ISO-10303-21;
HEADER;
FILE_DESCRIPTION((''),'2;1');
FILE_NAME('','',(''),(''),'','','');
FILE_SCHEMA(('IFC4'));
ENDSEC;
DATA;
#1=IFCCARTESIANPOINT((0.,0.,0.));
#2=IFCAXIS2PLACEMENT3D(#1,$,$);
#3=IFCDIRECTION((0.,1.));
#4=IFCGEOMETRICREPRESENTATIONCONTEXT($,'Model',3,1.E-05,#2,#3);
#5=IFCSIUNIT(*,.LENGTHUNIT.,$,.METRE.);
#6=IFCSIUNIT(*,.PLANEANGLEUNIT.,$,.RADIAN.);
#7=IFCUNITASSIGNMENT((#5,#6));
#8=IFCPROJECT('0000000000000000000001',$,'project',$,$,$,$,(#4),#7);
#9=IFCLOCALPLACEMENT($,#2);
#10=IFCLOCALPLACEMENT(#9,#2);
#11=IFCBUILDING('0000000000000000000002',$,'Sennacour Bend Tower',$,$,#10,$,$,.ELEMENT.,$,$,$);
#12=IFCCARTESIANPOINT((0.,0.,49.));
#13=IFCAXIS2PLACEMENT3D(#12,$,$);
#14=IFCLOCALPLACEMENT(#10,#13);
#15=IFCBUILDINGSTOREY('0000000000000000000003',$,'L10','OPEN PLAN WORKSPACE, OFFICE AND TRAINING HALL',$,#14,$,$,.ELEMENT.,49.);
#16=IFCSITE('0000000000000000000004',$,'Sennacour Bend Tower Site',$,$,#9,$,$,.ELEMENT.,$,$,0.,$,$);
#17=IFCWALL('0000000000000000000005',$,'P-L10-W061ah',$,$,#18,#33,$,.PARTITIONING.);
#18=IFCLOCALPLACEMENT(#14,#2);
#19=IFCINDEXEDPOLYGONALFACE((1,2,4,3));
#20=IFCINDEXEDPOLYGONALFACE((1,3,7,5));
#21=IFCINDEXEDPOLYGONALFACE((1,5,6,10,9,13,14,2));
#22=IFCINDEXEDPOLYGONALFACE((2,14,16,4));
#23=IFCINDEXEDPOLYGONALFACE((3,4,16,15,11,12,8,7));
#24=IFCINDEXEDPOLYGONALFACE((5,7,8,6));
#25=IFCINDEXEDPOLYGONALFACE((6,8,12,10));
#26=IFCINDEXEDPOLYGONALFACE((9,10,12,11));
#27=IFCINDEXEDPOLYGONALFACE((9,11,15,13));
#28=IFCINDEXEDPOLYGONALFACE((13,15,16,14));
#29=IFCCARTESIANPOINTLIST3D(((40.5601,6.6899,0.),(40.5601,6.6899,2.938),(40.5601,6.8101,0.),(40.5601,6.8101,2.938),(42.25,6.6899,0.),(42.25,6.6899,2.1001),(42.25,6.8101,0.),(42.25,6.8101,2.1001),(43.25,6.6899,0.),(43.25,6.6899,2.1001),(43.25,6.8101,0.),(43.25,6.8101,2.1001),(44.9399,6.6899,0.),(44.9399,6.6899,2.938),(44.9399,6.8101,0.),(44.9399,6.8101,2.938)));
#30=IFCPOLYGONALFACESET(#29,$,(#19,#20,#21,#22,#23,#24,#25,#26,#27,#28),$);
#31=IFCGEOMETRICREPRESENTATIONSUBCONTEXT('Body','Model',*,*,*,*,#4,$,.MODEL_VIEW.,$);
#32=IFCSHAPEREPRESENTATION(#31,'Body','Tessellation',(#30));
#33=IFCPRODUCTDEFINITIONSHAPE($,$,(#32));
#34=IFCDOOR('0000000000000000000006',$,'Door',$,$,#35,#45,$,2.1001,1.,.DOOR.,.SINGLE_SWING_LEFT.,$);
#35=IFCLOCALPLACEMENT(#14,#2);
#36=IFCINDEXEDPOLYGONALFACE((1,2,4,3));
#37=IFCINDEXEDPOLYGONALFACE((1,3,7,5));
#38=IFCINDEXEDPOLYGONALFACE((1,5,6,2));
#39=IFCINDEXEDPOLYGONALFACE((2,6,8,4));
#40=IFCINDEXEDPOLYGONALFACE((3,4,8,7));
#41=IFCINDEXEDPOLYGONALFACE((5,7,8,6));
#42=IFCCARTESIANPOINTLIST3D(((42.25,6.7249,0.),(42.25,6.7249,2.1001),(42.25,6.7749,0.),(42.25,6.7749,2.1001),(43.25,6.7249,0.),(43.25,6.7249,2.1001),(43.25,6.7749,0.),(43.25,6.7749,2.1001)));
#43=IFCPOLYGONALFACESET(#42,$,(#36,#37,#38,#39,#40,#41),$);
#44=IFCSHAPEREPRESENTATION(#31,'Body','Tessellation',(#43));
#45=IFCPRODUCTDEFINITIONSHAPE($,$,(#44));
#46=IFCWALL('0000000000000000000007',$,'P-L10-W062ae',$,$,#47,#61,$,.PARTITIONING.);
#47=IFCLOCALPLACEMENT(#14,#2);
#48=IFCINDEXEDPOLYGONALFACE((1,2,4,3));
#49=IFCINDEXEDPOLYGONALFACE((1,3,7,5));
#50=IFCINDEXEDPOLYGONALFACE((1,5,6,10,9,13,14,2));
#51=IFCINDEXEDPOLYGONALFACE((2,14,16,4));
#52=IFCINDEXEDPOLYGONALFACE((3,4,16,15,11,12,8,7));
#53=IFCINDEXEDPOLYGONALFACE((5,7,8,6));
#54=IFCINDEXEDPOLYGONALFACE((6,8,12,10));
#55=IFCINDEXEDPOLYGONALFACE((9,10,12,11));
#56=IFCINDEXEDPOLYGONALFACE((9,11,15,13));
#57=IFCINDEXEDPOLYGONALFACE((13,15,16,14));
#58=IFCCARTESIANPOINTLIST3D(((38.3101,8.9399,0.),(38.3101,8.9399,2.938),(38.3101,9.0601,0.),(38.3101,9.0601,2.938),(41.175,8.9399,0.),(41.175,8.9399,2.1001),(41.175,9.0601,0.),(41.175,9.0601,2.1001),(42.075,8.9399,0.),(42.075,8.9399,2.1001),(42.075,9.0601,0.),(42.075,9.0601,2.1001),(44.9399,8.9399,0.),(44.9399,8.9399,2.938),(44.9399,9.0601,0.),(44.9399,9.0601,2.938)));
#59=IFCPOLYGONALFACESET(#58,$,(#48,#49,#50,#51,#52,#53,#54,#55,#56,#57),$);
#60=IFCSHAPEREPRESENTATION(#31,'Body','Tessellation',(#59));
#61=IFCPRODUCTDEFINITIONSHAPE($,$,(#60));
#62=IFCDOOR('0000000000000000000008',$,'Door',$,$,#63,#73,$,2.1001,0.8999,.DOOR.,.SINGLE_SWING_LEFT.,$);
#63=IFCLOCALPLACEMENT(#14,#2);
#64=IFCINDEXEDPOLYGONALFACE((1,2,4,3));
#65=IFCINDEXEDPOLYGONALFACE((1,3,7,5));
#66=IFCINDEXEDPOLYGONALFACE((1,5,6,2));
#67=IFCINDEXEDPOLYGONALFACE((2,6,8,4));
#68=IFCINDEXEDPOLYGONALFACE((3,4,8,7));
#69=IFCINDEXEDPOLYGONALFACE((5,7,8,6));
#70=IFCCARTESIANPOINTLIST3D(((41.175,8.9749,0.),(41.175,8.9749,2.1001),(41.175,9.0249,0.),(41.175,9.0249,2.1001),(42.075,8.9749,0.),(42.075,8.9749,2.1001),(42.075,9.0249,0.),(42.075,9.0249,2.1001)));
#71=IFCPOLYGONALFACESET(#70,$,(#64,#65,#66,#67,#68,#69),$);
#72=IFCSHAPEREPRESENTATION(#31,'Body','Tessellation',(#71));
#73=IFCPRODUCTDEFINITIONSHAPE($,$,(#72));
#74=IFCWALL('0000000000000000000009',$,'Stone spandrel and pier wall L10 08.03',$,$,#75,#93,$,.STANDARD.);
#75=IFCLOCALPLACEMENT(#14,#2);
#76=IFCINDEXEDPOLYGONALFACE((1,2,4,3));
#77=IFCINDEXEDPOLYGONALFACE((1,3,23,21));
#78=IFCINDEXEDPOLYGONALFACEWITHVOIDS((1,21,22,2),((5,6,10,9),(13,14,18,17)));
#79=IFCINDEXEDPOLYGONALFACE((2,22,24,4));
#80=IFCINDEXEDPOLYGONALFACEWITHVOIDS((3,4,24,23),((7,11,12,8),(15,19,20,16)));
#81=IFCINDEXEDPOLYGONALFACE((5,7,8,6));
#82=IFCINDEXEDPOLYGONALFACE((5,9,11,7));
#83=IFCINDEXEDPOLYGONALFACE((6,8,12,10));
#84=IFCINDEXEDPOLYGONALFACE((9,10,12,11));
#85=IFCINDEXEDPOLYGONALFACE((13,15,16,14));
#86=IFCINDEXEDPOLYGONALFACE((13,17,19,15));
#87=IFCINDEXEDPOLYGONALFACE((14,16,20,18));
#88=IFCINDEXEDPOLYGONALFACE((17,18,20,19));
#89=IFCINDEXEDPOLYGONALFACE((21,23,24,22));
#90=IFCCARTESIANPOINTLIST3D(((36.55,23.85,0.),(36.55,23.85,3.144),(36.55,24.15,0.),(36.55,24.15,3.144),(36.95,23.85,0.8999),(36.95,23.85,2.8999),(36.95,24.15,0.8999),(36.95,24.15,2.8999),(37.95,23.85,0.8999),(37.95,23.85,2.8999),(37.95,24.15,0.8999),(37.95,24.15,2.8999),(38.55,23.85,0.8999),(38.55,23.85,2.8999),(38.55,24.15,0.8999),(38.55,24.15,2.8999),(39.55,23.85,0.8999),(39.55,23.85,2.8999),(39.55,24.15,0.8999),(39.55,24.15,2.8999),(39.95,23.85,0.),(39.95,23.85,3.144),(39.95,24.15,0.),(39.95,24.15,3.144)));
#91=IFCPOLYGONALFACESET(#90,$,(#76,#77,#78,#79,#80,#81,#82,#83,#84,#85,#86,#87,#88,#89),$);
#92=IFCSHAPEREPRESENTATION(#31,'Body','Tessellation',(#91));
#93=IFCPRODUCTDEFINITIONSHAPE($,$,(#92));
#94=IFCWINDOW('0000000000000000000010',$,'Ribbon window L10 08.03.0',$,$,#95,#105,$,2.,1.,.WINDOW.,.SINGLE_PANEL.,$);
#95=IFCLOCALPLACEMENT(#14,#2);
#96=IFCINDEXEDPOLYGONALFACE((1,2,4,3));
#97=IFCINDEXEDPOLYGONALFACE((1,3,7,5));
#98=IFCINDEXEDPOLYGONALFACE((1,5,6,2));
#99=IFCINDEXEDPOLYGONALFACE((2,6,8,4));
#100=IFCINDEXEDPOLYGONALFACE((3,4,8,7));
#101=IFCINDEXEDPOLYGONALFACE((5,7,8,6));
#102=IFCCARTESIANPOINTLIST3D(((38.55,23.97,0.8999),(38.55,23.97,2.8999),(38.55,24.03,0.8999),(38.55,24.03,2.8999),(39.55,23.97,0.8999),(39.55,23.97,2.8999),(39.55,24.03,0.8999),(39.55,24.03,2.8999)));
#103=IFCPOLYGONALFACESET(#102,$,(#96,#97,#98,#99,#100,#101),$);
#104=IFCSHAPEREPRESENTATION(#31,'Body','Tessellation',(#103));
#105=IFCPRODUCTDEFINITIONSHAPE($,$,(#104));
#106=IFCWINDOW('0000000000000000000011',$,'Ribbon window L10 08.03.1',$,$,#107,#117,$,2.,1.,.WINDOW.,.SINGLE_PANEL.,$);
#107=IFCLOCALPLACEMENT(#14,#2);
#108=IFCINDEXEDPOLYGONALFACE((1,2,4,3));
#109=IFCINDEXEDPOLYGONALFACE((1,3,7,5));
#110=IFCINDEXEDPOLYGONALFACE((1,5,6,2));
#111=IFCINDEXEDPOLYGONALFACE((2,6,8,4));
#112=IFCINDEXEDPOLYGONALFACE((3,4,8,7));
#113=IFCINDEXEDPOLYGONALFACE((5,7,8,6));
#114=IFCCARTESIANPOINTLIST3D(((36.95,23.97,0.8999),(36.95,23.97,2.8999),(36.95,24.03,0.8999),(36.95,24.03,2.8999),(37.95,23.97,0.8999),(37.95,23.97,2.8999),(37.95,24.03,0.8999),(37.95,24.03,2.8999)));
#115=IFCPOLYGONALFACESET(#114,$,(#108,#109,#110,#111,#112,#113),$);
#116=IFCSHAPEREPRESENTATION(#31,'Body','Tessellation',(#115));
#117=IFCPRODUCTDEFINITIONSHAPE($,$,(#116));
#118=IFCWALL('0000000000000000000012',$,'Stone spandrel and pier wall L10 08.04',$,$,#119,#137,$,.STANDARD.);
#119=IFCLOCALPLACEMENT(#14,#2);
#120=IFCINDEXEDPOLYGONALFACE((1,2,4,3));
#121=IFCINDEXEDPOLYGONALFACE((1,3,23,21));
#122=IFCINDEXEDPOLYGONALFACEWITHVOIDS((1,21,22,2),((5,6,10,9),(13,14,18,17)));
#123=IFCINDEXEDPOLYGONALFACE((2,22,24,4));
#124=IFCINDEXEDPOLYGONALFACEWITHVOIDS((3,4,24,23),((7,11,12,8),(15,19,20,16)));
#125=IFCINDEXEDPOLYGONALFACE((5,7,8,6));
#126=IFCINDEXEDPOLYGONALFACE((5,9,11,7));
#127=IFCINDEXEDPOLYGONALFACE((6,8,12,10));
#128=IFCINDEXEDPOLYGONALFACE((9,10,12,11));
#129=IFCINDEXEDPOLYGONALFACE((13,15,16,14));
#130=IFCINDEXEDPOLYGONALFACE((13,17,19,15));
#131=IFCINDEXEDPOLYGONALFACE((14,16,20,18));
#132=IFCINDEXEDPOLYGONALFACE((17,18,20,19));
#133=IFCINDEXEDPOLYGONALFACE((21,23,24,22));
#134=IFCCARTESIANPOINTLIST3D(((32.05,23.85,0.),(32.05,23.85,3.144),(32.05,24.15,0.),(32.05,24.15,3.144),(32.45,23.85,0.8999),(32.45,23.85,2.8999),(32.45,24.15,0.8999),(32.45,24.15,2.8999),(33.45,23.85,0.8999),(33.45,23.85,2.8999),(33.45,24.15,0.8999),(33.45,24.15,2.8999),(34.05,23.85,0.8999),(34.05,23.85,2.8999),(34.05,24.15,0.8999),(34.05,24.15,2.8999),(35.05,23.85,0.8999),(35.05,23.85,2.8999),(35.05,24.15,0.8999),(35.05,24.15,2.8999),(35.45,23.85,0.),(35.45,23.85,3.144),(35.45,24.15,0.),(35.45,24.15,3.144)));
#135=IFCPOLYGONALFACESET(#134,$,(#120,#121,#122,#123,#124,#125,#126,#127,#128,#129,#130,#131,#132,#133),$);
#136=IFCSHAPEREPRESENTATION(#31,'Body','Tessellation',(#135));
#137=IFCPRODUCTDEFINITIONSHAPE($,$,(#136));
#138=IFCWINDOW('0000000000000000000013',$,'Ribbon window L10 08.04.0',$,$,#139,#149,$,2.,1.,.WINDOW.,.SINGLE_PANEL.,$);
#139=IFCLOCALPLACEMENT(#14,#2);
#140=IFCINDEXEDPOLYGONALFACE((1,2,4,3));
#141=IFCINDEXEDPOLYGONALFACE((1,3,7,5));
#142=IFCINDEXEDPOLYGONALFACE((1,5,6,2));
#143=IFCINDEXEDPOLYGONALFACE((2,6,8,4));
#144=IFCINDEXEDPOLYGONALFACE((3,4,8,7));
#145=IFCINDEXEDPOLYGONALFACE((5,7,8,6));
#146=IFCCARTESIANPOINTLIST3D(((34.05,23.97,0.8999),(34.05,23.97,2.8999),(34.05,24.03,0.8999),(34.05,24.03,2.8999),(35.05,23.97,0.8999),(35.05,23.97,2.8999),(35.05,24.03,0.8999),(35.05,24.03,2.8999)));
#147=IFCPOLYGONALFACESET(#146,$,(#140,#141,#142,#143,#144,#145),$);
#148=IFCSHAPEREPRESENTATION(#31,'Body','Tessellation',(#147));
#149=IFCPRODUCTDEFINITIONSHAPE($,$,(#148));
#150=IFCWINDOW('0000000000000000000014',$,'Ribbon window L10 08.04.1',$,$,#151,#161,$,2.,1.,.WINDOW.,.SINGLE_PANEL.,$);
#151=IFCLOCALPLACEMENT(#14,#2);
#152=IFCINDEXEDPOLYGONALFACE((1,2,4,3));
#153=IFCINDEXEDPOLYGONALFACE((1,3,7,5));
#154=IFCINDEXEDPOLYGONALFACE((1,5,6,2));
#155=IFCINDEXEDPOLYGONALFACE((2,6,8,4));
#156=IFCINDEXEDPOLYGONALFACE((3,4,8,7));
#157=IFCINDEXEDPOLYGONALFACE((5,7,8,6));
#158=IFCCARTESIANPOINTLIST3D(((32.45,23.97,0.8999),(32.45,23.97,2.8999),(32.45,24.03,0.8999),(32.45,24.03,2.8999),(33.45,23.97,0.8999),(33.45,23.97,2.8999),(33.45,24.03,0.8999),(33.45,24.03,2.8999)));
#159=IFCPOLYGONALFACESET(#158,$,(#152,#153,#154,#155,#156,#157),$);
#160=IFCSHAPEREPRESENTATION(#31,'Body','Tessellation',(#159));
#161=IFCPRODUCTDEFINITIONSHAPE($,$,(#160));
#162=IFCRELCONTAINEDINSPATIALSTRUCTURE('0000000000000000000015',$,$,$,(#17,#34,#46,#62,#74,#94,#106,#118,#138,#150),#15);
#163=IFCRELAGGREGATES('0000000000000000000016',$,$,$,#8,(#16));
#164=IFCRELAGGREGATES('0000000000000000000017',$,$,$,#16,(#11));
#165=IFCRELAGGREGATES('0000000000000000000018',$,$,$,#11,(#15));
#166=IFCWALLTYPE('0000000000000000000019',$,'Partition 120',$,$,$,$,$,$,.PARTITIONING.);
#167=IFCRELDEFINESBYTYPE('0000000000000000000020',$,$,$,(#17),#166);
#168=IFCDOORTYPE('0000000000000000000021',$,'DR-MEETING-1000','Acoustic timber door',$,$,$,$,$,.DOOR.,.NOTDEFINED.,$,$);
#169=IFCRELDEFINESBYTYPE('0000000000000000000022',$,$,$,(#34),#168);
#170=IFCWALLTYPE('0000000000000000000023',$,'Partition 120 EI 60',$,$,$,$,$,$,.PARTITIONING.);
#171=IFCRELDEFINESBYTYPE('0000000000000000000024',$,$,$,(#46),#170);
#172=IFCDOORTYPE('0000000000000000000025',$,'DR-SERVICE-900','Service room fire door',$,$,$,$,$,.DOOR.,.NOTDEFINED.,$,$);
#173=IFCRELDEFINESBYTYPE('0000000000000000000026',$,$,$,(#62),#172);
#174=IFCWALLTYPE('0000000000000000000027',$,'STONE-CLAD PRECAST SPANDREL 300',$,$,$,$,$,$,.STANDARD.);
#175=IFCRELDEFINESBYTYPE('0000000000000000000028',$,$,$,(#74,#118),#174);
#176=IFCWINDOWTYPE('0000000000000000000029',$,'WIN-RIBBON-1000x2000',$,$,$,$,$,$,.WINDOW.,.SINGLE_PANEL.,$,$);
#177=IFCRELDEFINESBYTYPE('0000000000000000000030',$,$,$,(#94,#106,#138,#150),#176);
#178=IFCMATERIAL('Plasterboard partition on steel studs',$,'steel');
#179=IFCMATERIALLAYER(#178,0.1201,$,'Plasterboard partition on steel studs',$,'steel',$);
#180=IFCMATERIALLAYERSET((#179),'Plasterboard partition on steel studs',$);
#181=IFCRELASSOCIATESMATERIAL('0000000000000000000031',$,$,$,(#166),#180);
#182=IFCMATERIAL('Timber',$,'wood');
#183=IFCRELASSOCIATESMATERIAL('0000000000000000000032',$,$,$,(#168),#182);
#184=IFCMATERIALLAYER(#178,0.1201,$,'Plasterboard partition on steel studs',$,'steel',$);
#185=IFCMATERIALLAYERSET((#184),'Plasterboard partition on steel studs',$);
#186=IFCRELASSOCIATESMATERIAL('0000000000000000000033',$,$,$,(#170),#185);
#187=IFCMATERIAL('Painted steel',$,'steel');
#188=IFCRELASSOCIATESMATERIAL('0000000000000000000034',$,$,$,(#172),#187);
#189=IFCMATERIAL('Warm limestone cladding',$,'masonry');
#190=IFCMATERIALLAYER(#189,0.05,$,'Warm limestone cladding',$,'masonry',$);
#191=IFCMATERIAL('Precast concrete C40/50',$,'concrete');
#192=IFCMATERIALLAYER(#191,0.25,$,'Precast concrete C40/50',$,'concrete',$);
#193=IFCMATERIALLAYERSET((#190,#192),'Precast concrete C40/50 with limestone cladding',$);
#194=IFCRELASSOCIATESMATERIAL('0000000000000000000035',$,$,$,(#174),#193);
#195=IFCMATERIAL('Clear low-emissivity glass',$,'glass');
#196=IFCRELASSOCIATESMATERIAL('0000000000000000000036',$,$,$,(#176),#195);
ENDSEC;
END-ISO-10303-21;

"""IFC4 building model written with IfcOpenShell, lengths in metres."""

from ifc_helpers import new_model, si_unit, direction, frame, frame_2d, origin, place, context, subcontext, project, spatial, rectangle, extrude, material, layer, layer_set, type_object, element, fill, save


model = new_model("IFC4")

# Units and contexts
model_context = context("Model", 3, precision=1e-05, world=origin(), true_north=direction((0.0, 1.0)))
body_context = subcontext(model_context, "Body", "Model", "MODEL_VIEW")
ifc_project = project(units=[si_unit("LENGTHUNIT", "METRE"), si_unit("PLANEANGLEUNIT", "RADIAN")], contexts=[model_context])

# Site, building, storey
site_placement = place(None, origin())
site = spatial("IfcSite", under=ifc_project, at=site_placement, Name="Sennacour Bend Tower Site", CompositionType="ELEMENT", RefElevation=0.0)
building_placement = place(site_placement, origin())
building = spatial("IfcBuilding", under=site, at=building_placement, Name="Sennacour Bend Tower", CompositionType="ELEMENT")
storey_placement = place(building_placement, frame((0.0, 0.0, 49.0)))
storey = spatial("IfcBuildingStorey", under=building, at=storey_placement, Name="L10", Description="OPEN PLAN WORKSPACE, OFFICE AND TRAINING HALL", CompositionType="ELEMENT", Elevation=49.0)

# Shared definitions
ifc_material_1 = material(Name="Plasterboard partition on steel studs", Category="steel")
ifc_layer_1 = layer(ifc_material_1, 0.1201, Name="Plasterboard partition on steel studs", Category="steel")
ifc_layer_set_1 = layer_set([ifc_layer_1], Name="Plasterboard partition on steel studs")
wall_type_1 = type_object("IfcWallType", Name="Partition 120", PredefinedType="PARTITIONING", material=ifc_layer_set_1)

# Walls, openings, doors
ifc_material_2 = material(Name="Timber", Category="wood")
wall_1_placement = place(storey_placement, frame((40.5601, 6.75, 0.0), z_axis=(0.0, 0.0, 1.0), x_axis=(1.0, 0.0, 0.0)))
wall_1 = element("IfcWall", 1, at=wall_1_placement, inside=storey, type_object=wall_type_1, Name="P-L10-W061ah", PredefinedType="PARTITIONING", context=body_context, shape_type="SweptSolid", body=[
    extrude(rectangle(XDim=4.3799, YDim=0.1201, at=frame_2d((2.1899, 0.0))), origin(), (0.0, 0.0, 1.0), 2.938),
])
opening_1_placement = place(wall_1_placement, frame((1.6899, 0.0, 0.0)))
opening_1 = element("IfcOpeningElement", 2, at=opening_1_placement, cuts=wall_1, PredefinedType="OPENING", context=body_context, shape_type="SweptSolid", body=[
    extrude(rectangle(XDim=1.0, YDim=2.1001, at=frame_2d((0.5, 1.05))), frame((0.0, 0.0701, 0.0), z_axis=(0.0, -1.0, 0.0), x_axis=(1.0, 0.0, 0.0)), (0.0, 0.0, 1.0), 0.1401),
])
door_type_1 = type_object("IfcDoorType", Name="DR-MEETING-1000", Description="Acoustic timber door", OperationType="NOTDEFINED", PredefinedType="DOOR", material=ifc_material_2)
door_1_placement = place(opening_1_placement, origin())
door_1 = element("IfcDoor", 3, at=door_1_placement, inside=storey, type_object=door_type_1, Name="Door", OperationType="SINGLE_SWING_LEFT", OverallHeight=2.1001, OverallWidth=1.0, PredefinedType="DOOR", context=body_context, shape_type="SweptSolid", body=[
    extrude(rectangle(XDim=1.0, YDim=2.1001, at=frame_2d((0.5, 1.05))), frame((0.0, 0.0249, 0.0), z_axis=(0.0, -1.0, 0.0), x_axis=(1.0, 0.0, 0.0)), (0.0, 0.0, 1.0), 0.05),
])
fill(opening_1, door_1)
ifc_layer_2 = layer(ifc_material_1, 0.1201, Name="Plasterboard partition on steel studs", Category="steel")
ifc_layer_set_2 = layer_set([ifc_layer_2], Name="Plasterboard partition on steel studs")
wall_type_2 = type_object("IfcWallType", Name="Partition 120 EI 60", PredefinedType="PARTITIONING", material=ifc_layer_set_2)
wall_2_placement = place(storey_placement, frame((38.3101, 9.0, 0.0), z_axis=(0.0, 0.0, 1.0), x_axis=(1.0, 0.0, 0.0)))
wall_2 = element("IfcWall", 4, at=wall_2_placement, inside=storey, type_object=wall_type_2, Name="P-L10-W062ae", PredefinedType="PARTITIONING", context=body_context, shape_type="SweptSolid", body=[
    extrude(rectangle(XDim=6.6299, YDim=0.1201, at=frame_2d((3.3149, 0.0))), origin(), (0.0, 0.0, 1.0), 2.938),
])
opening_2_placement = place(wall_2_placement, frame((2.865, 0.0, 0.0)))
opening_2 = element("IfcOpeningElement", 5, at=opening_2_placement, cuts=wall_2, PredefinedType="OPENING", context=body_context, shape_type="SweptSolid", body=[
    extrude(rectangle(XDim=0.8999, YDim=2.1001, at=frame_2d((0.45, 1.05))), frame((0.0, 0.0701, 0.0), z_axis=(0.0, -1.0, 0.0), x_axis=(1.0, 0.0, 0.0)), (0.0, 0.0, 1.0), 0.1401),
])
ifc_material_3 = material(Name="Painted steel", Category="steel")
door_type_2 = type_object("IfcDoorType", Name="DR-SERVICE-900", Description="Service room fire door", OperationType="NOTDEFINED", PredefinedType="DOOR", material=ifc_material_3)
door_2_placement = place(opening_2_placement, origin())
door_2 = element("IfcDoor", 6, at=door_2_placement, inside=storey, type_object=door_type_2, Name="Door", OperationType="SINGLE_SWING_LEFT", OverallHeight=2.1001, OverallWidth=0.8999, PredefinedType="DOOR", context=body_context, shape_type="SweptSolid", body=[
    extrude(rectangle(XDim=0.8999, YDim=2.1001, at=frame_2d((0.45, 1.05))), frame((0.0, 0.0249, 0.0), z_axis=(0.0, -1.0, 0.0), x_axis=(1.0, 0.0, 0.0)), (0.0, 0.0, 1.0), 0.05),
])
fill(opening_2, door_2)

# Walls, openings, windows
ifc_material_4 = material(Name="Warm limestone cladding", Category="masonry")
ifc_layer_3 = layer(ifc_material_4, 0.05, Name="Warm limestone cladding", Category="masonry")
ifc_material_5 = material(Name="Precast concrete C40/50", Category="concrete")
ifc_layer_4 = layer(ifc_material_5, 0.25, Name="Precast concrete C40/50", Category="concrete")
ifc_layer_set_3 = layer_set([ifc_layer_3, ifc_layer_4], Name="Precast concrete C40/50 with limestone cladding")
wall_type_3 = type_object("IfcWallType", Name="STONE-CLAD PRECAST SPANDREL 300", PredefinedType="STANDARD", material=ifc_layer_set_3)
wall_3_placement = place(storey_placement, frame((39.95, 24.0, 0.0), z_axis=(0.0, 0.0, 1.0), x_axis=(-1.0, 0.0, 0.0)))
wall_3 = element("IfcWall", 7, at=wall_3_placement, inside=storey, type_object=wall_type_3, Name="Stone spandrel and pier wall L10 08.03", PredefinedType="STANDARD", context=body_context, shape_type="SweptSolid", body=[
    extrude(rectangle(XDim=3.3999, YDim=0.3, at=frame_2d((1.7, 0.0))), origin(), (0.0, 0.0, 1.0), 3.144),
])
opening_3_placement = place(wall_3_placement, frame((0.3999, 0.0, 0.8999)))
opening_3 = element("IfcOpeningElement", 8, at=opening_3_placement, cuts=wall_3, PredefinedType="OPENING", context=body_context, shape_type="SweptSolid", body=[
    extrude(rectangle(XDim=1.0, YDim=2.0, at=frame_2d((0.5, 1.0))), frame((0.0, 0.1602, 0.0), z_axis=(0.0, -1.0, 0.0), x_axis=(1.0, 0.0, 0.0)), (0.0, 0.0, 1.0), 0.3201),
])
opening_4_placement = place(wall_3_placement, frame((2.0, 0.0, 0.8999)))
opening_4 = element("IfcOpeningElement", 9, at=opening_4_placement, cuts=wall_3, PredefinedType="OPENING", context=body_context, shape_type="SweptSolid", body=[
    extrude(rectangle(XDim=1.0, YDim=2.0, at=frame_2d((0.5, 1.0))), frame((0.0, 0.1602, 0.0), z_axis=(0.0, -1.0, 0.0), x_axis=(1.0, 0.0, 0.0)), (0.0, 0.0, 1.0), 0.3201),
])
ifc_material_6 = material(Name="Clear low-emissivity glass", Category="glass")
window_type = type_object("IfcWindowType", Name="WIN-RIBBON-1000x2000", PartitioningType="SINGLE_PANEL", PredefinedType="WINDOW", material=ifc_material_6)
window_1_placement = place(opening_3_placement, origin())
window_1 = element("IfcWindow", 10, at=window_1_placement, inside=storey, type_object=window_type, Name="Ribbon window L10 08.03.0", OverallHeight=2.0, OverallWidth=1.0, PartitioningType="SINGLE_PANEL", PredefinedType="WINDOW", context=body_context, shape_type="SweptSolid", body=[
    extrude(rectangle(XDim=1.0, YDim=2.0, at=frame_2d((0.5, 1.0))), frame((0.0, 0.03, 0.0), z_axis=(0.0, -1.0, 0.0), x_axis=(1.0, 0.0, 0.0)), (0.0, 0.0, 1.0), 0.0601),
])
fill(opening_3, window_1)
window_2_placement = place(opening_4_placement, origin())
window_2 = element("IfcWindow", 11, at=window_2_placement, inside=storey, type_object=window_type, Name="Ribbon window L10 08.03.1", OverallHeight=2.0, OverallWidth=1.0, PartitioningType="SINGLE_PANEL", PredefinedType="WINDOW", context=body_context, shape_type="SweptSolid", body=[
    extrude(rectangle(XDim=1.0, YDim=2.0, at=frame_2d((0.5, 1.0))), frame((0.0, 0.03, 0.0), z_axis=(0.0, -1.0, 0.0), x_axis=(1.0, 0.0, 0.0)), (0.0, 0.0, 1.0), 0.0601),
])
fill(opening_4, window_2)
wall_4_placement = place(storey_placement, frame((35.45, 24.0, 0.0), z_axis=(0.0, 0.0, 1.0), x_axis=(-1.0, 0.0, 0.0)))
wall_4 = element("IfcWall", 12, at=wall_4_placement, inside=storey, type_object=wall_type_3, Name="Stone spandrel and pier wall L10 08.04", PredefinedType="STANDARD", context=body_context, shape_type="SweptSolid", body=[
    extrude(rectangle(XDim=3.3999, YDim=0.3, at=frame_2d((1.7, 0.0))), origin(), (0.0, 0.0, 1.0), 3.144),
])
opening_5_placement = place(wall_4_placement, frame((0.3999, 0.0, 0.8999)))
opening_5 = element("IfcOpeningElement", 13, at=opening_5_placement, cuts=wall_4, PredefinedType="OPENING", context=body_context, shape_type="SweptSolid", body=[
    extrude(rectangle(XDim=1.0, YDim=2.0, at=frame_2d((0.5, 1.0))), frame((0.0, 0.1602, 0.0), z_axis=(0.0, -1.0, 0.0), x_axis=(1.0, 0.0, 0.0)), (0.0, 0.0, 1.0), 0.3201),
])
opening_6_placement = place(wall_4_placement, frame((2.0, 0.0, 0.8999)))
opening_6 = element("IfcOpeningElement", 14, at=opening_6_placement, cuts=wall_4, PredefinedType="OPENING", context=body_context, shape_type="SweptSolid", body=[
    extrude(rectangle(XDim=1.0, YDim=2.0, at=frame_2d((0.5, 1.0))), frame((0.0, 0.1602, 0.0), z_axis=(0.0, -1.0, 0.0), x_axis=(1.0, 0.0, 0.0)), (0.0, 0.0, 1.0), 0.3201),
])
window_3_placement = place(opening_5_placement, origin())
window_3 = element("IfcWindow", 15, at=window_3_placement, inside=storey, type_object=window_type, Name="Ribbon window L10 08.04.0", OverallHeight=2.0, OverallWidth=1.0, PartitioningType="SINGLE_PANEL", PredefinedType="WINDOW", context=body_context, shape_type="SweptSolid", body=[
    extrude(rectangle(XDim=1.0, YDim=2.0, at=frame_2d((0.5, 1.0))), frame((0.0, 0.03, 0.0), z_axis=(0.0, -1.0, 0.0), x_axis=(1.0, 0.0, 0.0)), (0.0, 0.0, 1.0), 0.0601),
])
fill(opening_5, window_3)
window_4_placement = place(opening_6_placement, origin())
window_4 = element("IfcWindow", 16, at=window_4_placement, inside=storey, type_object=window_type, Name="Ribbon window L10 08.04.1", OverallHeight=2.0, OverallWidth=1.0, PartitioningType="SINGLE_PANEL", PredefinedType="WINDOW", context=body_context, shape_type="SweptSolid", body=[
    extrude(rectangle(XDim=1.0, YDim=2.0, at=frame_2d((0.5, 1.0))), frame((0.0, 0.03, 0.0), z_axis=(0.0, -1.0, 0.0), x_axis=(1.0, 0.0, 0.0)), (0.0, 0.0, 1.0), 0.0601),
])
fill(opening_6, window_4)

save(model, "model.ifc")
